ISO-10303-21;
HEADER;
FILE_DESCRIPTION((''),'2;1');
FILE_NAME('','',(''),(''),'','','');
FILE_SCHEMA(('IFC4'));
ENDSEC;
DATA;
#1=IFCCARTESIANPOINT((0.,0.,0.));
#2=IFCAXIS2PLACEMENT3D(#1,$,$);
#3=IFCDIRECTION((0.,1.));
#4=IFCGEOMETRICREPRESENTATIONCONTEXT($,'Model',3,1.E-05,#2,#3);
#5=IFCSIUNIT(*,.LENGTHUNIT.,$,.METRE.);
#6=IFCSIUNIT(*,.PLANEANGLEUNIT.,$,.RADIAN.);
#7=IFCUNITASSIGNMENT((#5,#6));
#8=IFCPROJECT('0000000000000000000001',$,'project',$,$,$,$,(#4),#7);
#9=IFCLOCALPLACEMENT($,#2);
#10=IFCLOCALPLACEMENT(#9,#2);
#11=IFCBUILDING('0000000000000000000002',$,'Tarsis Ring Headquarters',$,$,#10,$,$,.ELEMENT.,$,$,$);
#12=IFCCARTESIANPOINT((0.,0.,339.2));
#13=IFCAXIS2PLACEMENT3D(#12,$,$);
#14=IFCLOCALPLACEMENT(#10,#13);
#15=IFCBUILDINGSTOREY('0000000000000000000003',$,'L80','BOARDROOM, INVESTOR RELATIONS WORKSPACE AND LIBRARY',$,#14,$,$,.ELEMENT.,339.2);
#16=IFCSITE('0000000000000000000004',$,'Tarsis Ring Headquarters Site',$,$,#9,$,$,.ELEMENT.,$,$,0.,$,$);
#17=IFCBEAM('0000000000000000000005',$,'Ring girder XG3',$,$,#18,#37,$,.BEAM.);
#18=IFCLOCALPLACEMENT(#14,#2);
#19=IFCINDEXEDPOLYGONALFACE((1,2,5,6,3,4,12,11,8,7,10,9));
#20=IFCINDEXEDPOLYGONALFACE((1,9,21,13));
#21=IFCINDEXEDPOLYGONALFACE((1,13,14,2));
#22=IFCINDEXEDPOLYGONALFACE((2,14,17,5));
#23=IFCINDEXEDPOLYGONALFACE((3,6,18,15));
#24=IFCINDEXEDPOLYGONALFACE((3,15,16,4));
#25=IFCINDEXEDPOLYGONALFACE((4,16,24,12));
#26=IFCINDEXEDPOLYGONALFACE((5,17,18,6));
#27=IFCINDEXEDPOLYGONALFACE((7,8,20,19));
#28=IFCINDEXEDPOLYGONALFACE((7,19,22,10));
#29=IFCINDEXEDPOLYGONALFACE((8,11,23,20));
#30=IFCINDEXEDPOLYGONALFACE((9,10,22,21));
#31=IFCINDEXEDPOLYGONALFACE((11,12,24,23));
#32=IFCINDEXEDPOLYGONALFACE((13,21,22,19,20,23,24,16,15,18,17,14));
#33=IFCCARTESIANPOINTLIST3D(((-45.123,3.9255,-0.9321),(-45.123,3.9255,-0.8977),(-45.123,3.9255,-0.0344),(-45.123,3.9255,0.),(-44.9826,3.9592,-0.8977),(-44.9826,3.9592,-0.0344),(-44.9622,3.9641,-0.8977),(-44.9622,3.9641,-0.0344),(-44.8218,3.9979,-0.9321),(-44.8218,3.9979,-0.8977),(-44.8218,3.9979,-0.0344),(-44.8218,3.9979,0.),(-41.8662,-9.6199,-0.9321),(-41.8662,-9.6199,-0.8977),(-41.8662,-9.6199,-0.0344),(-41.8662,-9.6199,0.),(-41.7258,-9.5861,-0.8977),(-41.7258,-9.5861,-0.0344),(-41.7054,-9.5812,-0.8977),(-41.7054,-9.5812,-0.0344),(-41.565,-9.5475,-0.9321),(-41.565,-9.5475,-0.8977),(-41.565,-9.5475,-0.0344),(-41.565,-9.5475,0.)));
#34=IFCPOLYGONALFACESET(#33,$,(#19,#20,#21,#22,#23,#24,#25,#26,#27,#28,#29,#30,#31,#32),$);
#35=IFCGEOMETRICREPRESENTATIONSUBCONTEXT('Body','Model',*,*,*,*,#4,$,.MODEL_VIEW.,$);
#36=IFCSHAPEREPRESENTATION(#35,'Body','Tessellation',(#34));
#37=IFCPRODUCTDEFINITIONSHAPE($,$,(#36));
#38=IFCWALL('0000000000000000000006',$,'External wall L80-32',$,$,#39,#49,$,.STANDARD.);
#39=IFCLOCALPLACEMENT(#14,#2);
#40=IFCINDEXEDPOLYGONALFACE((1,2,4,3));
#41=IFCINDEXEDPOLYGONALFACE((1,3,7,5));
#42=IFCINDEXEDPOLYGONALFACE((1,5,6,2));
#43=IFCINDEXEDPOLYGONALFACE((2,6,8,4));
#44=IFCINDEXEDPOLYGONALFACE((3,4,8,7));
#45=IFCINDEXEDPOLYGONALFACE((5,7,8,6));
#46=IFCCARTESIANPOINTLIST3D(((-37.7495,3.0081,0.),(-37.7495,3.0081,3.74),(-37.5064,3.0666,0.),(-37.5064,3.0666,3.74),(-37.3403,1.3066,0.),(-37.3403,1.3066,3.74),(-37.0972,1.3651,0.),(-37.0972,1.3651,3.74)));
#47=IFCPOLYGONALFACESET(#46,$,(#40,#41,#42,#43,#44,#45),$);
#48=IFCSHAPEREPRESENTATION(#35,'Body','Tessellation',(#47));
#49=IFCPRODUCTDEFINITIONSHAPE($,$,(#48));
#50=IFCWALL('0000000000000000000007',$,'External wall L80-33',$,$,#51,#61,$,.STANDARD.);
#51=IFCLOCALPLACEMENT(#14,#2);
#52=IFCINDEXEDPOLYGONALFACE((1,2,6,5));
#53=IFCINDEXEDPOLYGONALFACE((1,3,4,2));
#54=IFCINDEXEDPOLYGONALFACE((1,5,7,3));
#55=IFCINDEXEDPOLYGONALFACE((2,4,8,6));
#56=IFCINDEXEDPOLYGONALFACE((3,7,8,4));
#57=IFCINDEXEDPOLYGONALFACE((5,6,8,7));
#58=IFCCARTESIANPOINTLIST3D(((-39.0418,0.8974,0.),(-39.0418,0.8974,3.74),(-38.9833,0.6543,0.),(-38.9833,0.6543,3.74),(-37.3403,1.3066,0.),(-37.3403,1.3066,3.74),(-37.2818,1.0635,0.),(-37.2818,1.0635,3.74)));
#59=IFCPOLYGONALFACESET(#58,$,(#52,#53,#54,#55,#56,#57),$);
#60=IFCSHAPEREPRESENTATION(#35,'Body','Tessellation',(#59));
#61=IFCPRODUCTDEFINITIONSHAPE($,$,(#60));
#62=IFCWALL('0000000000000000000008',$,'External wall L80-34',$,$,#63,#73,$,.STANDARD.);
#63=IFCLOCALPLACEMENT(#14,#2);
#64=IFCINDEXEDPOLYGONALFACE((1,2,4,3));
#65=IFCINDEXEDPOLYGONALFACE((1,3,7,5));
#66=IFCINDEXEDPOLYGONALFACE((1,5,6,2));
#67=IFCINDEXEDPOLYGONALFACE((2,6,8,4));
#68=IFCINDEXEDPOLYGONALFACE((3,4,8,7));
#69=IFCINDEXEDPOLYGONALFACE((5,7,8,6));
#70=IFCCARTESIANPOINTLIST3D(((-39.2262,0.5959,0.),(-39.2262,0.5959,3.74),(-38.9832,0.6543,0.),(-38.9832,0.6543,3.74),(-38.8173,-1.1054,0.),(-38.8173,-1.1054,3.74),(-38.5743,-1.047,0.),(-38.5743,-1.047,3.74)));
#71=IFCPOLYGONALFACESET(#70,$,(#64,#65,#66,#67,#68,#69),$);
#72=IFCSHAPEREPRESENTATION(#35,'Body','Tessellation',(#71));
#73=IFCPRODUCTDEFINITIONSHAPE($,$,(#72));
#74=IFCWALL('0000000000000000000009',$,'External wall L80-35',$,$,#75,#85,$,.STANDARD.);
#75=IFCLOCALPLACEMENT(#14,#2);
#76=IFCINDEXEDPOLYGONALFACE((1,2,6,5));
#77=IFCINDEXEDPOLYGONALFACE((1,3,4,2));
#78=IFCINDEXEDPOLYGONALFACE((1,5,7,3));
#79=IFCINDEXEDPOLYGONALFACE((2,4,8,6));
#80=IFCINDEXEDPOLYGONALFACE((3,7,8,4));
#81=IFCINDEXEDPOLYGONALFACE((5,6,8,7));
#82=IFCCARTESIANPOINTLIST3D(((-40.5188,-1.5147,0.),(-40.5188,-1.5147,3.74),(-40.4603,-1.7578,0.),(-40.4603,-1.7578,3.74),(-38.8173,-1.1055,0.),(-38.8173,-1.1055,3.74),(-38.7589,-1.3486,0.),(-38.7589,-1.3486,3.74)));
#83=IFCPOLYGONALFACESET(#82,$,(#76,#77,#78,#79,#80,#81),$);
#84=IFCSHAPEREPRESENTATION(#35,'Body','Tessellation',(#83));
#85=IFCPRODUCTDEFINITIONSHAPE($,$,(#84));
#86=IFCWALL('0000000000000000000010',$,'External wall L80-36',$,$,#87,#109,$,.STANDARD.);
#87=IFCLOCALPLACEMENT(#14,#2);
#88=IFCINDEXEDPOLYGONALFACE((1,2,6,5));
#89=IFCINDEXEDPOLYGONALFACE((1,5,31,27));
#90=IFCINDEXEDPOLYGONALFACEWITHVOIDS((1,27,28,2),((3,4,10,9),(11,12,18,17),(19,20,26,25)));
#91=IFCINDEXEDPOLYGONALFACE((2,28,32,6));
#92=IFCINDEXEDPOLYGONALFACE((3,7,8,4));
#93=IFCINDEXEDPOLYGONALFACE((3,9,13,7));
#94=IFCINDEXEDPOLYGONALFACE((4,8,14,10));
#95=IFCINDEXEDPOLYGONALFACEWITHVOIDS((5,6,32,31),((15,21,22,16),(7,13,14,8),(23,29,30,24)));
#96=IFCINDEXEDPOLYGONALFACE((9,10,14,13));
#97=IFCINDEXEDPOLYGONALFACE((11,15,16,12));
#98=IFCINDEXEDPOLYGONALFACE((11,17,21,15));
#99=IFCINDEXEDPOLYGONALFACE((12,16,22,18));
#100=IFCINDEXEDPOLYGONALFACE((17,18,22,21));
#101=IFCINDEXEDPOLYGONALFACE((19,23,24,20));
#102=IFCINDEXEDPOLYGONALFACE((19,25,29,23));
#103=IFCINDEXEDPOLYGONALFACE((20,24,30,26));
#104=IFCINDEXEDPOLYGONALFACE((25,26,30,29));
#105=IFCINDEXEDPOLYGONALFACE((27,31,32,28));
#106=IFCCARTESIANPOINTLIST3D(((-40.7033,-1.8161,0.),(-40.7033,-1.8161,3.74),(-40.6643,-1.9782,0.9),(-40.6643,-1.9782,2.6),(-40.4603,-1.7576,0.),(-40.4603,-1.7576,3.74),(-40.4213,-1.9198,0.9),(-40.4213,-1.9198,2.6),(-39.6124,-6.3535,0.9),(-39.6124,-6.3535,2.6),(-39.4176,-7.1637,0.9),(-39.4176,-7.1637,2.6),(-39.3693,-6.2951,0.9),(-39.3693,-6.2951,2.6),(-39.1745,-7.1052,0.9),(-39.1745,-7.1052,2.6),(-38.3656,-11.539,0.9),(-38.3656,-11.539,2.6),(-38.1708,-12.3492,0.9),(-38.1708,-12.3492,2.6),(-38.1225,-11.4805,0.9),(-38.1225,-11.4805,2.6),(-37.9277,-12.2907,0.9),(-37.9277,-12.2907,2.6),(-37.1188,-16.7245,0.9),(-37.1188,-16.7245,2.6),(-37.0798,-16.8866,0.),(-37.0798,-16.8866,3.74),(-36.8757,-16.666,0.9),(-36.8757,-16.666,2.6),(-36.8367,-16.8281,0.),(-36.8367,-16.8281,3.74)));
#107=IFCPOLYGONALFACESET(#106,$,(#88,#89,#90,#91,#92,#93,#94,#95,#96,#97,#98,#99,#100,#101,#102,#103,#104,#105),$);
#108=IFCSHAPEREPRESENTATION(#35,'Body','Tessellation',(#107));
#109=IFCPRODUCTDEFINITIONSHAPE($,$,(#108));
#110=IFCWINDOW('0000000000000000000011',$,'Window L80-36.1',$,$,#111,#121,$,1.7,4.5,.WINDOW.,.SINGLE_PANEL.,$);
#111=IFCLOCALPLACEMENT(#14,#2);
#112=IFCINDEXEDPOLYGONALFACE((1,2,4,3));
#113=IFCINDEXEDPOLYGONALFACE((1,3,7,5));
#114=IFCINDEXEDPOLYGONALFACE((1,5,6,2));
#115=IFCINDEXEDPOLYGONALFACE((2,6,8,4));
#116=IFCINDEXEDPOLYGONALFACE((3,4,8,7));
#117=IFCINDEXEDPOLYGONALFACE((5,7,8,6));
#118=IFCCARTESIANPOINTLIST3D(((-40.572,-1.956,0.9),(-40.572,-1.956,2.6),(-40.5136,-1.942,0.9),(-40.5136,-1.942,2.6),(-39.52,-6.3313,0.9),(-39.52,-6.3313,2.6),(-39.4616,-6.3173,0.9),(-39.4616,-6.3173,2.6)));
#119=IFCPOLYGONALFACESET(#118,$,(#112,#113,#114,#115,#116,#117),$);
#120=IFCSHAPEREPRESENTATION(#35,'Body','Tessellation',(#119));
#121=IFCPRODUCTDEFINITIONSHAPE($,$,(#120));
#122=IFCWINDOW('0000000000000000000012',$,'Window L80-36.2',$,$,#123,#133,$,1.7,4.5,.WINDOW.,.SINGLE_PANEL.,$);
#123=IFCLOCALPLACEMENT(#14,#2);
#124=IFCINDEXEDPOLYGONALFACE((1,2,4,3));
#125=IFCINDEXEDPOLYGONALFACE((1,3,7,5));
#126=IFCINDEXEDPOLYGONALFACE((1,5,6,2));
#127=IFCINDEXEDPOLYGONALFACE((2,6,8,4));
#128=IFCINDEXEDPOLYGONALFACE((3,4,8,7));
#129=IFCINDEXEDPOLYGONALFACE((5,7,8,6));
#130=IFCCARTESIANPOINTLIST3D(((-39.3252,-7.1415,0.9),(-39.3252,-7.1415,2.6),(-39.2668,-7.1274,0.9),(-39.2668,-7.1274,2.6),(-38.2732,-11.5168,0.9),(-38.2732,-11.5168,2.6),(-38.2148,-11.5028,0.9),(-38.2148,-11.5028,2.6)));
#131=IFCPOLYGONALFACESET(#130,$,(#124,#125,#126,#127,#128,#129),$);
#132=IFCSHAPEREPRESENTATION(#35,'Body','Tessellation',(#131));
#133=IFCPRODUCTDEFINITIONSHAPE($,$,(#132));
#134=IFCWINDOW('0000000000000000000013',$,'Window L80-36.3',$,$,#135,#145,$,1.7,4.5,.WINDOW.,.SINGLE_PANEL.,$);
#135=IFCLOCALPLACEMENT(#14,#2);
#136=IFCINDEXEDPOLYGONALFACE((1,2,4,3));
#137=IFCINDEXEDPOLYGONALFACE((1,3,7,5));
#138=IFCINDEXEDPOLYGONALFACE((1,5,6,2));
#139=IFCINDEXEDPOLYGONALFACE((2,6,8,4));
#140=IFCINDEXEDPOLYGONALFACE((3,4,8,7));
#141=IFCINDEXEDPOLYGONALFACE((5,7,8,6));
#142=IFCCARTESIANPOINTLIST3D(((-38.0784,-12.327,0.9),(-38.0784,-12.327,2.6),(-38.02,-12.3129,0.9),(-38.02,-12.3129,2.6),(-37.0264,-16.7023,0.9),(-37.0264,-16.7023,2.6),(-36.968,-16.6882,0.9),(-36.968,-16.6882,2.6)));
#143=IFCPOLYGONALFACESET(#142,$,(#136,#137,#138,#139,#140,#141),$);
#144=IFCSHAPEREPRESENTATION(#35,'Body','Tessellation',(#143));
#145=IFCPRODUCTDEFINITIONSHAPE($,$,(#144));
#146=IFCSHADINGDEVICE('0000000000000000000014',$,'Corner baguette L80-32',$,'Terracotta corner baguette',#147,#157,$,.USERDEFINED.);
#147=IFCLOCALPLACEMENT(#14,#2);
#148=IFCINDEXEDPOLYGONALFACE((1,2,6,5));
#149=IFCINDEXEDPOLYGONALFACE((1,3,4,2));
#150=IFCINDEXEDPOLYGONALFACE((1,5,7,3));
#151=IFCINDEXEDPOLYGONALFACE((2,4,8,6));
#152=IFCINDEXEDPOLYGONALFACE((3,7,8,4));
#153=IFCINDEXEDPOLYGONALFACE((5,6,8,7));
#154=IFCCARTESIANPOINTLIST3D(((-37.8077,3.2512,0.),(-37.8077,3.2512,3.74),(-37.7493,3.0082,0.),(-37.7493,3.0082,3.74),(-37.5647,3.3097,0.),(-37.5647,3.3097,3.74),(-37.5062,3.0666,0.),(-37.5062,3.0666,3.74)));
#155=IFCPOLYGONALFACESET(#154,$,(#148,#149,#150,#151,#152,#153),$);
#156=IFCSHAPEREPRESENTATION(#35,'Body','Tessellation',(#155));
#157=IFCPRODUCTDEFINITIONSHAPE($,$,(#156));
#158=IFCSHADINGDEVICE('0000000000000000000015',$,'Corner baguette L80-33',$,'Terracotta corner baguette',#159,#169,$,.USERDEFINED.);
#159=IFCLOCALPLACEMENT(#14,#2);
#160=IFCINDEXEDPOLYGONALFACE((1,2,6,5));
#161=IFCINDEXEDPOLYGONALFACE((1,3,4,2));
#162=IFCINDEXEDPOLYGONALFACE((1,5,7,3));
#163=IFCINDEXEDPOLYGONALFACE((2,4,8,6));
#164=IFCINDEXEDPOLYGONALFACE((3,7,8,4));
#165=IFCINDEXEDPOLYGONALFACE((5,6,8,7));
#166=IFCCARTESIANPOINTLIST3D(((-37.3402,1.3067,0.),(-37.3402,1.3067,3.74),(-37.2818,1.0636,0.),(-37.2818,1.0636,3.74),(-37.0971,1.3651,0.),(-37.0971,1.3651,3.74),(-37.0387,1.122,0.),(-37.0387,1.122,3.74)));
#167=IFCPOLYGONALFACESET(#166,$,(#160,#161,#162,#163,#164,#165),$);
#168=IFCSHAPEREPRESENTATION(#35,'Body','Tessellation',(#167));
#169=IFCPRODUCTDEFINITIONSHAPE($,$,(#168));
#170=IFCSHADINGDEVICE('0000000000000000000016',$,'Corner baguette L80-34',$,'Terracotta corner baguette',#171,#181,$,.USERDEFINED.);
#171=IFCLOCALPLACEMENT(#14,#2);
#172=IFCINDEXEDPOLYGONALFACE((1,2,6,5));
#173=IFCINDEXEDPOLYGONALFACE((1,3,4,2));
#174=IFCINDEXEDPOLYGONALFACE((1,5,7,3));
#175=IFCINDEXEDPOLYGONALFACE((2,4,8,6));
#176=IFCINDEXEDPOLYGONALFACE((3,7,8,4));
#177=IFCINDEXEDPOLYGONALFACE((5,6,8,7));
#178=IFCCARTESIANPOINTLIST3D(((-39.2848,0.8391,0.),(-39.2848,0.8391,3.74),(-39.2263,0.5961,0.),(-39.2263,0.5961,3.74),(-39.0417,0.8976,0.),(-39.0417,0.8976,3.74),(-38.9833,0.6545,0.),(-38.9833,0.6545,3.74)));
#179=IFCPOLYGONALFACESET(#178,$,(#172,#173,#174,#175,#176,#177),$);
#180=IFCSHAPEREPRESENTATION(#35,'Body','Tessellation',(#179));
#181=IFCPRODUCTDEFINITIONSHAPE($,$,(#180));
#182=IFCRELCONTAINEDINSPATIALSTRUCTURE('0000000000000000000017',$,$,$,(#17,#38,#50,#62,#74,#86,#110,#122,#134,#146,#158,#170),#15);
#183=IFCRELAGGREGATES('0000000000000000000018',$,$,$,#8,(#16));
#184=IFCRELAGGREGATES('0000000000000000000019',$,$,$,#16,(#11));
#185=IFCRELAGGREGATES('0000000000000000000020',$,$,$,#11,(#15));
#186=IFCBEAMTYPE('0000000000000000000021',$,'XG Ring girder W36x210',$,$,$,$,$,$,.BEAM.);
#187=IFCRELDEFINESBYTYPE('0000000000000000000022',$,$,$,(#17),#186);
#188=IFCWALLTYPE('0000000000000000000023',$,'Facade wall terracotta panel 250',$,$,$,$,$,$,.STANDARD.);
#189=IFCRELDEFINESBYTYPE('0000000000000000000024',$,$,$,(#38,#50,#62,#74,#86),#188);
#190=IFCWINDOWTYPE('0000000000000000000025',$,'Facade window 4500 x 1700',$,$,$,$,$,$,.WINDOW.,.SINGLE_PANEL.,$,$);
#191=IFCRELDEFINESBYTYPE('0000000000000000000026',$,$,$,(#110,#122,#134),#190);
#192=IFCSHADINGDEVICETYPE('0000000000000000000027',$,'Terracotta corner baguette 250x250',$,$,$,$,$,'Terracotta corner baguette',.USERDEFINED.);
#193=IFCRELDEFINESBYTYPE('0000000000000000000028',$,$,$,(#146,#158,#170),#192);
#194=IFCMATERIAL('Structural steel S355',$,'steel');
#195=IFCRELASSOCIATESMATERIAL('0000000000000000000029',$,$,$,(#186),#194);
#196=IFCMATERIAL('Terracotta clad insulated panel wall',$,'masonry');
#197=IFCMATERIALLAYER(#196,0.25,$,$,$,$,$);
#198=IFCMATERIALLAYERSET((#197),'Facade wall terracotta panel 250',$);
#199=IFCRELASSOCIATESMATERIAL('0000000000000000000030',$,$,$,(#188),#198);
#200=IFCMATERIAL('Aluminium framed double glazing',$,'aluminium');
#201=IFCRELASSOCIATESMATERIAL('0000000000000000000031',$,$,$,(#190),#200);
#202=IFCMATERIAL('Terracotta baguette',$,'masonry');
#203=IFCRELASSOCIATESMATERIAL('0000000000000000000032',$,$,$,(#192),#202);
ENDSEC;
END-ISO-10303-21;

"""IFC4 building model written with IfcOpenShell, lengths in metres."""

from ifc_helpers import new_model, si_unit, direction, frame, frame_2d, origin, origin_2d, place, context, subcontext, project, spatial, rectangle, i_section, extrude, material, layer, layer_set, material_profile, profile_set, type_object, element, fill, save


model = new_model("IFC4")

# Units and contexts
model_context = context("Model", 3, precision=1e-05, world=origin(), true_north=direction((0.0, 1.0)))
body_context = subcontext(model_context, "Body", "Model", "MODEL_VIEW")
ifc_project = project(units=[si_unit("LENGTHUNIT", "METRE"), si_unit("PLANEANGLEUNIT", "RADIAN")], contexts=[model_context])

# Site, building, storey
site_placement = place(None, origin())
site = spatial("IfcSite", under=ifc_project, at=site_placement, Name="Tarsis Ring Headquarters Site", CompositionType="ELEMENT", RefElevation=0.0)
building_placement = place(site_placement, origin())
building = spatial("IfcBuilding", under=site, at=building_placement, Name="Tarsis Ring Headquarters", CompositionType="ELEMENT")
storey_placement = place(building_placement, frame((0.0, 0.0, 339.2)))
storey = spatial("IfcBuildingStorey", under=building, at=storey_placement, Name="L80", Description="BOARDROOM, INVESTOR RELATIONS WORKSPACE AND LIBRARY", CompositionType="ELEMENT", Elevation=339.2)

# Shared definitions
ifc_material_1 = material(Name="Structural steel S355", Category="steel")

# Beam
ifc_material_profile_1 = material_profile(ifc_material_1, i_section(OverallWidth=0.3098, OverallDepth=0.9321, WebThickness=0.021, FlangeThickness=0.0344, at=origin_2d()), Name="W36x210")
ifc_profile_set_1 = profile_set([ifc_material_profile_1], Name="Structural steel S355")
beam_type_1 = type_object("IfcBeamType", Name="XG Ring girder W36x210", PredefinedType="BEAM", material=ifc_profile_set_1)
beam_placement = place(storey_placement, frame((-44.9724, 3.9617, -0.4661), z_axis=(0.233776, -0.972291, 0.0), x_axis=(0.972291, 0.233776, 0.0)))
element("IfcBeam", 1, at=beam_placement, inside=storey, type_object=beam_type_1, Name="Ring girder XG3", PredefinedType="BEAM", context=body_context, shape_type="SweptSolid", body=[
    extrude(i_section(OverallWidth=0.3098, OverallDepth=0.9321, WebThickness=0.021, FlangeThickness=0.0344, at=origin_2d()), origin(), (0.0, 0.0, 1.0), 13.9314),
])

# Walls
ifc_material_2 = material(Name="Terracotta clad insulated panel wall", Category="masonry")
ifc_layer = layer(ifc_material_2, 0.25)
ifc_layer_set = layer_set([ifc_layer], Name="Facade wall terracotta panel 250")
wall_type = type_object("IfcWallType", Name="Facade wall terracotta panel 250", PredefinedType="STANDARD", material=ifc_layer_set)
for number, where, z_axis, x_axis, name in (
    (2, (-37.6279, 3.0374, 0.0), (0.0, 0.0, 1.0), (0.233827, -0.972278, 0.0), "External wall L80-32"),
    (3, (-37.311, 1.1851, 0.0), (0.0, 0.0, 1.0), (-0.972278, -0.233827, 0.0), "External wall L80-33"),
):
    element("IfcWall", number, at=place(storey_placement, frame(where, z_axis=z_axis, x_axis=x_axis)), inside=storey, type_object=wall_type, Name=name, PredefinedType="STANDARD", context=body_context, shape_type="SweptSolid", body=[
        extrude(rectangle(XDim=1.75, YDim=0.25, at=frame_2d((0.875, 0.0))), origin(), (0.0, 0.0, 1.0), 3.74),
    ])
wall_1_placement = place(storey_placement, frame((-39.1047, 0.6252, 0.0), z_axis=(0.0, 0.0, 1.0), x_axis=(0.233695, -0.97231, 0.0)))
element("IfcWall", 4, at=wall_1_placement, inside=storey, type_object=wall_type, Name="External wall L80-34", PredefinedType="STANDARD", context=body_context, shape_type="SweptSolid", body=[
    extrude(rectangle(XDim=1.7498, YDim=0.25, at=frame_2d((0.875, 0.0))), origin(), (0.0, 0.0, 1.0), 3.74),
])
wall_2_placement = place(storey_placement, frame((-38.7881, -1.2271, 0.0), z_axis=(0.0, 0.0, 1.0), x_axis=(-0.972278, -0.233827, 0.0)))
element("IfcWall", 5, at=wall_2_placement, inside=storey, type_object=wall_type, Name="External wall L80-35", PredefinedType="STANDARD", context=body_context, shape_type="SweptSolid", body=[
    extrude(rectangle(XDim=1.75, YDim=0.25, at=frame_2d((0.875, 0.0))), origin(), (0.0, 0.0, 1.0), 3.74),
])

# Wall, openings, windows
wall_3_placement = place(storey_placement, frame((-40.5818, -1.7869, 0.0), z_axis=(0.0, 0.0, 1.0), x_axis=(0.233776, -0.972291, 0.0)))
wall_3 = element("IfcWall", 6, at=wall_3_placement, inside=storey, type_object=wall_type, Name="External wall L80-36", PredefinedType="STANDARD", context=body_context, shape_type="SweptSolid", body=[
    extrude(rectangle(XDim=15.5, YDim=0.25, at=frame_2d((7.75, 0.0))), origin(), (0.0, 0.0, 1.0), 3.74),
])
opening_1_placement = place(wall_3_placement, frame((0.1667, 0.0, 0.8999)))
opening_1 = element("IfcOpeningElement", 7, at=opening_1_placement, cuts=wall_3, PredefinedType="OPENING", context=body_context, shape_type="SweptSolid", body=[
    extrude(rectangle(XDim=4.5, YDim=1.7, at=frame_2d((2.25, 0.8501))), frame((0.0, 0.135, 0.0), z_axis=(0.0, -1.0, 0.0), x_axis=(1.0, 0.0, 0.0)), (0.0, 0.0, 1.0), 0.27),
])
opening_2_placement = place(wall_3_placement, frame((5.5, 0.0, 0.8999)))
opening_2 = element("IfcOpeningElement", 8, at=opening_2_placement, cuts=wall_3, PredefinedType="OPENING", context=body_context, shape_type="SweptSolid", body=[
    extrude(rectangle(XDim=4.5, YDim=1.7, at=frame_2d((2.25, 0.8501))), frame((0.0, 0.135, 0.0), z_axis=(0.0, -1.0, 0.0), x_axis=(1.0, 0.0, 0.0)), (0.0, 0.0, 1.0), 0.27),
])
opening_3_placement = place(wall_3_placement, frame((10.8333, 0.0, 0.8999)))
opening_3 = element("IfcOpeningElement", 9, at=opening_3_placement, cuts=wall_3, PredefinedType="OPENING", context=body_context, shape_type="SweptSolid", body=[
    extrude(rectangle(XDim=4.5, YDim=1.7, at=frame_2d((2.25, 0.8501))), frame((0.0, 0.135, 0.0), z_axis=(0.0, -1.0, 0.0), x_axis=(1.0, 0.0, 0.0)), (0.0, 0.0, 1.0), 0.27),
])
ifc_material_3 = material(Name="Aluminium framed double glazing", Category="aluminium")
window_type = type_object("IfcWindowType", Name="Facade window 4500 x 1700", PartitioningType="SINGLE_PANEL", PredefinedType="WINDOW", material=ifc_material_3)
window_1_placement = place(opening_1_placement, origin())
window_1 = element("IfcWindow", 10, at=window_1_placement, inside=storey, type_object=window_type, Name="Window L80-36.1", OverallHeight=1.7, OverallWidth=4.5, PartitioningType="SINGLE_PANEL", PredefinedType="WINDOW", context=body_context, shape_type="SweptSolid", body=[
    extrude(rectangle(XDim=4.5, YDim=1.7, at=frame_2d((2.25, 0.8501))), frame((0.0, 0.03, 0.0), z_axis=(0.0, -1.0, 0.0), x_axis=(1.0, 0.0, 0.0)), (0.0, 0.0, 1.0), 0.0601),
])
fill(opening_1, window_1)
window_2_placement = place(opening_2_placement, origin())
window_2 = element("IfcWindow", 11, at=window_2_placement, inside=storey, type_object=window_type, Name="Window L80-36.2", OverallHeight=1.7, OverallWidth=4.5, PartitioningType="SINGLE_PANEL", PredefinedType="WINDOW", context=body_context, shape_type="SweptSolid", body=[
    extrude(rectangle(XDim=4.5, YDim=1.7, at=frame_2d((2.25, 0.8501))), frame((0.0, 0.03, 0.0), z_axis=(0.0, -1.0, 0.0), x_axis=(1.0, 0.0, 0.0)), (0.0, 0.0, 1.0), 0.0601),
])
fill(opening_2, window_2)
window_3_placement = place(opening_3_placement, origin())
window_3 = element("IfcWindow", 12, at=window_3_placement, inside=storey, type_object=window_type, Name="Window L80-36.3", OverallHeight=1.7, OverallWidth=4.5, PartitioningType="SINGLE_PANEL", PredefinedType="WINDOW", context=body_context, shape_type="SweptSolid", body=[
    extrude(rectangle(XDim=4.5, YDim=1.7, at=frame_2d((2.25, 0.8501))), frame((0.0, 0.03, 0.0), z_axis=(0.0, -1.0, 0.0), x_axis=(1.0, 0.0, 0.0)), (0.0, 0.0, 1.0), 0.0601),
])
fill(opening_3, window_3)

# Shading devices
ifc_material_4 = material(Name="Terracotta baguette", Category="masonry")
shading_device_type_1 = type_object("IfcShadingDeviceType", Name="Terracotta corner baguette 250x250", ElementType="Terracotta corner baguette", PredefinedType="USERDEFINED", material=ifc_material_4)
for number, where, z_axis, x_axis, name in (
    (13, (-37.657, 3.1589, 0.0), (0.0, 0.0, 1.0), (-0.972288, -0.233785, 0.0), "Corner baguette L80-32"),
    (14, (-37.1895, 1.2144, 0.0), (0.0, 0.0, 1.0), (0.233785, -0.972288, 0.0), "Corner baguette L80-33"),
    (15, (-39.134, 0.7468, 0.0), (0.0, 0.0, 1.0), (-0.972288, -0.233785, 0.0), "Corner baguette L80-34"),
):
    element("IfcShadingDevice", number, at=place(storey_placement, frame(where, z_axis=z_axis, x_axis=x_axis)), inside=storey, type_object=shading_device_type_1, Name=name, ObjectType="Terracotta corner baguette", PredefinedType="USERDEFINED", context=body_context, shape_type="SweptSolid", body=[
        extrude(rectangle(XDim=0.25, YDim=0.25, at=origin_2d()), origin(), (0.0, 0.0, 1.0), 3.74),
    ])

save(model, "model.ifc")
